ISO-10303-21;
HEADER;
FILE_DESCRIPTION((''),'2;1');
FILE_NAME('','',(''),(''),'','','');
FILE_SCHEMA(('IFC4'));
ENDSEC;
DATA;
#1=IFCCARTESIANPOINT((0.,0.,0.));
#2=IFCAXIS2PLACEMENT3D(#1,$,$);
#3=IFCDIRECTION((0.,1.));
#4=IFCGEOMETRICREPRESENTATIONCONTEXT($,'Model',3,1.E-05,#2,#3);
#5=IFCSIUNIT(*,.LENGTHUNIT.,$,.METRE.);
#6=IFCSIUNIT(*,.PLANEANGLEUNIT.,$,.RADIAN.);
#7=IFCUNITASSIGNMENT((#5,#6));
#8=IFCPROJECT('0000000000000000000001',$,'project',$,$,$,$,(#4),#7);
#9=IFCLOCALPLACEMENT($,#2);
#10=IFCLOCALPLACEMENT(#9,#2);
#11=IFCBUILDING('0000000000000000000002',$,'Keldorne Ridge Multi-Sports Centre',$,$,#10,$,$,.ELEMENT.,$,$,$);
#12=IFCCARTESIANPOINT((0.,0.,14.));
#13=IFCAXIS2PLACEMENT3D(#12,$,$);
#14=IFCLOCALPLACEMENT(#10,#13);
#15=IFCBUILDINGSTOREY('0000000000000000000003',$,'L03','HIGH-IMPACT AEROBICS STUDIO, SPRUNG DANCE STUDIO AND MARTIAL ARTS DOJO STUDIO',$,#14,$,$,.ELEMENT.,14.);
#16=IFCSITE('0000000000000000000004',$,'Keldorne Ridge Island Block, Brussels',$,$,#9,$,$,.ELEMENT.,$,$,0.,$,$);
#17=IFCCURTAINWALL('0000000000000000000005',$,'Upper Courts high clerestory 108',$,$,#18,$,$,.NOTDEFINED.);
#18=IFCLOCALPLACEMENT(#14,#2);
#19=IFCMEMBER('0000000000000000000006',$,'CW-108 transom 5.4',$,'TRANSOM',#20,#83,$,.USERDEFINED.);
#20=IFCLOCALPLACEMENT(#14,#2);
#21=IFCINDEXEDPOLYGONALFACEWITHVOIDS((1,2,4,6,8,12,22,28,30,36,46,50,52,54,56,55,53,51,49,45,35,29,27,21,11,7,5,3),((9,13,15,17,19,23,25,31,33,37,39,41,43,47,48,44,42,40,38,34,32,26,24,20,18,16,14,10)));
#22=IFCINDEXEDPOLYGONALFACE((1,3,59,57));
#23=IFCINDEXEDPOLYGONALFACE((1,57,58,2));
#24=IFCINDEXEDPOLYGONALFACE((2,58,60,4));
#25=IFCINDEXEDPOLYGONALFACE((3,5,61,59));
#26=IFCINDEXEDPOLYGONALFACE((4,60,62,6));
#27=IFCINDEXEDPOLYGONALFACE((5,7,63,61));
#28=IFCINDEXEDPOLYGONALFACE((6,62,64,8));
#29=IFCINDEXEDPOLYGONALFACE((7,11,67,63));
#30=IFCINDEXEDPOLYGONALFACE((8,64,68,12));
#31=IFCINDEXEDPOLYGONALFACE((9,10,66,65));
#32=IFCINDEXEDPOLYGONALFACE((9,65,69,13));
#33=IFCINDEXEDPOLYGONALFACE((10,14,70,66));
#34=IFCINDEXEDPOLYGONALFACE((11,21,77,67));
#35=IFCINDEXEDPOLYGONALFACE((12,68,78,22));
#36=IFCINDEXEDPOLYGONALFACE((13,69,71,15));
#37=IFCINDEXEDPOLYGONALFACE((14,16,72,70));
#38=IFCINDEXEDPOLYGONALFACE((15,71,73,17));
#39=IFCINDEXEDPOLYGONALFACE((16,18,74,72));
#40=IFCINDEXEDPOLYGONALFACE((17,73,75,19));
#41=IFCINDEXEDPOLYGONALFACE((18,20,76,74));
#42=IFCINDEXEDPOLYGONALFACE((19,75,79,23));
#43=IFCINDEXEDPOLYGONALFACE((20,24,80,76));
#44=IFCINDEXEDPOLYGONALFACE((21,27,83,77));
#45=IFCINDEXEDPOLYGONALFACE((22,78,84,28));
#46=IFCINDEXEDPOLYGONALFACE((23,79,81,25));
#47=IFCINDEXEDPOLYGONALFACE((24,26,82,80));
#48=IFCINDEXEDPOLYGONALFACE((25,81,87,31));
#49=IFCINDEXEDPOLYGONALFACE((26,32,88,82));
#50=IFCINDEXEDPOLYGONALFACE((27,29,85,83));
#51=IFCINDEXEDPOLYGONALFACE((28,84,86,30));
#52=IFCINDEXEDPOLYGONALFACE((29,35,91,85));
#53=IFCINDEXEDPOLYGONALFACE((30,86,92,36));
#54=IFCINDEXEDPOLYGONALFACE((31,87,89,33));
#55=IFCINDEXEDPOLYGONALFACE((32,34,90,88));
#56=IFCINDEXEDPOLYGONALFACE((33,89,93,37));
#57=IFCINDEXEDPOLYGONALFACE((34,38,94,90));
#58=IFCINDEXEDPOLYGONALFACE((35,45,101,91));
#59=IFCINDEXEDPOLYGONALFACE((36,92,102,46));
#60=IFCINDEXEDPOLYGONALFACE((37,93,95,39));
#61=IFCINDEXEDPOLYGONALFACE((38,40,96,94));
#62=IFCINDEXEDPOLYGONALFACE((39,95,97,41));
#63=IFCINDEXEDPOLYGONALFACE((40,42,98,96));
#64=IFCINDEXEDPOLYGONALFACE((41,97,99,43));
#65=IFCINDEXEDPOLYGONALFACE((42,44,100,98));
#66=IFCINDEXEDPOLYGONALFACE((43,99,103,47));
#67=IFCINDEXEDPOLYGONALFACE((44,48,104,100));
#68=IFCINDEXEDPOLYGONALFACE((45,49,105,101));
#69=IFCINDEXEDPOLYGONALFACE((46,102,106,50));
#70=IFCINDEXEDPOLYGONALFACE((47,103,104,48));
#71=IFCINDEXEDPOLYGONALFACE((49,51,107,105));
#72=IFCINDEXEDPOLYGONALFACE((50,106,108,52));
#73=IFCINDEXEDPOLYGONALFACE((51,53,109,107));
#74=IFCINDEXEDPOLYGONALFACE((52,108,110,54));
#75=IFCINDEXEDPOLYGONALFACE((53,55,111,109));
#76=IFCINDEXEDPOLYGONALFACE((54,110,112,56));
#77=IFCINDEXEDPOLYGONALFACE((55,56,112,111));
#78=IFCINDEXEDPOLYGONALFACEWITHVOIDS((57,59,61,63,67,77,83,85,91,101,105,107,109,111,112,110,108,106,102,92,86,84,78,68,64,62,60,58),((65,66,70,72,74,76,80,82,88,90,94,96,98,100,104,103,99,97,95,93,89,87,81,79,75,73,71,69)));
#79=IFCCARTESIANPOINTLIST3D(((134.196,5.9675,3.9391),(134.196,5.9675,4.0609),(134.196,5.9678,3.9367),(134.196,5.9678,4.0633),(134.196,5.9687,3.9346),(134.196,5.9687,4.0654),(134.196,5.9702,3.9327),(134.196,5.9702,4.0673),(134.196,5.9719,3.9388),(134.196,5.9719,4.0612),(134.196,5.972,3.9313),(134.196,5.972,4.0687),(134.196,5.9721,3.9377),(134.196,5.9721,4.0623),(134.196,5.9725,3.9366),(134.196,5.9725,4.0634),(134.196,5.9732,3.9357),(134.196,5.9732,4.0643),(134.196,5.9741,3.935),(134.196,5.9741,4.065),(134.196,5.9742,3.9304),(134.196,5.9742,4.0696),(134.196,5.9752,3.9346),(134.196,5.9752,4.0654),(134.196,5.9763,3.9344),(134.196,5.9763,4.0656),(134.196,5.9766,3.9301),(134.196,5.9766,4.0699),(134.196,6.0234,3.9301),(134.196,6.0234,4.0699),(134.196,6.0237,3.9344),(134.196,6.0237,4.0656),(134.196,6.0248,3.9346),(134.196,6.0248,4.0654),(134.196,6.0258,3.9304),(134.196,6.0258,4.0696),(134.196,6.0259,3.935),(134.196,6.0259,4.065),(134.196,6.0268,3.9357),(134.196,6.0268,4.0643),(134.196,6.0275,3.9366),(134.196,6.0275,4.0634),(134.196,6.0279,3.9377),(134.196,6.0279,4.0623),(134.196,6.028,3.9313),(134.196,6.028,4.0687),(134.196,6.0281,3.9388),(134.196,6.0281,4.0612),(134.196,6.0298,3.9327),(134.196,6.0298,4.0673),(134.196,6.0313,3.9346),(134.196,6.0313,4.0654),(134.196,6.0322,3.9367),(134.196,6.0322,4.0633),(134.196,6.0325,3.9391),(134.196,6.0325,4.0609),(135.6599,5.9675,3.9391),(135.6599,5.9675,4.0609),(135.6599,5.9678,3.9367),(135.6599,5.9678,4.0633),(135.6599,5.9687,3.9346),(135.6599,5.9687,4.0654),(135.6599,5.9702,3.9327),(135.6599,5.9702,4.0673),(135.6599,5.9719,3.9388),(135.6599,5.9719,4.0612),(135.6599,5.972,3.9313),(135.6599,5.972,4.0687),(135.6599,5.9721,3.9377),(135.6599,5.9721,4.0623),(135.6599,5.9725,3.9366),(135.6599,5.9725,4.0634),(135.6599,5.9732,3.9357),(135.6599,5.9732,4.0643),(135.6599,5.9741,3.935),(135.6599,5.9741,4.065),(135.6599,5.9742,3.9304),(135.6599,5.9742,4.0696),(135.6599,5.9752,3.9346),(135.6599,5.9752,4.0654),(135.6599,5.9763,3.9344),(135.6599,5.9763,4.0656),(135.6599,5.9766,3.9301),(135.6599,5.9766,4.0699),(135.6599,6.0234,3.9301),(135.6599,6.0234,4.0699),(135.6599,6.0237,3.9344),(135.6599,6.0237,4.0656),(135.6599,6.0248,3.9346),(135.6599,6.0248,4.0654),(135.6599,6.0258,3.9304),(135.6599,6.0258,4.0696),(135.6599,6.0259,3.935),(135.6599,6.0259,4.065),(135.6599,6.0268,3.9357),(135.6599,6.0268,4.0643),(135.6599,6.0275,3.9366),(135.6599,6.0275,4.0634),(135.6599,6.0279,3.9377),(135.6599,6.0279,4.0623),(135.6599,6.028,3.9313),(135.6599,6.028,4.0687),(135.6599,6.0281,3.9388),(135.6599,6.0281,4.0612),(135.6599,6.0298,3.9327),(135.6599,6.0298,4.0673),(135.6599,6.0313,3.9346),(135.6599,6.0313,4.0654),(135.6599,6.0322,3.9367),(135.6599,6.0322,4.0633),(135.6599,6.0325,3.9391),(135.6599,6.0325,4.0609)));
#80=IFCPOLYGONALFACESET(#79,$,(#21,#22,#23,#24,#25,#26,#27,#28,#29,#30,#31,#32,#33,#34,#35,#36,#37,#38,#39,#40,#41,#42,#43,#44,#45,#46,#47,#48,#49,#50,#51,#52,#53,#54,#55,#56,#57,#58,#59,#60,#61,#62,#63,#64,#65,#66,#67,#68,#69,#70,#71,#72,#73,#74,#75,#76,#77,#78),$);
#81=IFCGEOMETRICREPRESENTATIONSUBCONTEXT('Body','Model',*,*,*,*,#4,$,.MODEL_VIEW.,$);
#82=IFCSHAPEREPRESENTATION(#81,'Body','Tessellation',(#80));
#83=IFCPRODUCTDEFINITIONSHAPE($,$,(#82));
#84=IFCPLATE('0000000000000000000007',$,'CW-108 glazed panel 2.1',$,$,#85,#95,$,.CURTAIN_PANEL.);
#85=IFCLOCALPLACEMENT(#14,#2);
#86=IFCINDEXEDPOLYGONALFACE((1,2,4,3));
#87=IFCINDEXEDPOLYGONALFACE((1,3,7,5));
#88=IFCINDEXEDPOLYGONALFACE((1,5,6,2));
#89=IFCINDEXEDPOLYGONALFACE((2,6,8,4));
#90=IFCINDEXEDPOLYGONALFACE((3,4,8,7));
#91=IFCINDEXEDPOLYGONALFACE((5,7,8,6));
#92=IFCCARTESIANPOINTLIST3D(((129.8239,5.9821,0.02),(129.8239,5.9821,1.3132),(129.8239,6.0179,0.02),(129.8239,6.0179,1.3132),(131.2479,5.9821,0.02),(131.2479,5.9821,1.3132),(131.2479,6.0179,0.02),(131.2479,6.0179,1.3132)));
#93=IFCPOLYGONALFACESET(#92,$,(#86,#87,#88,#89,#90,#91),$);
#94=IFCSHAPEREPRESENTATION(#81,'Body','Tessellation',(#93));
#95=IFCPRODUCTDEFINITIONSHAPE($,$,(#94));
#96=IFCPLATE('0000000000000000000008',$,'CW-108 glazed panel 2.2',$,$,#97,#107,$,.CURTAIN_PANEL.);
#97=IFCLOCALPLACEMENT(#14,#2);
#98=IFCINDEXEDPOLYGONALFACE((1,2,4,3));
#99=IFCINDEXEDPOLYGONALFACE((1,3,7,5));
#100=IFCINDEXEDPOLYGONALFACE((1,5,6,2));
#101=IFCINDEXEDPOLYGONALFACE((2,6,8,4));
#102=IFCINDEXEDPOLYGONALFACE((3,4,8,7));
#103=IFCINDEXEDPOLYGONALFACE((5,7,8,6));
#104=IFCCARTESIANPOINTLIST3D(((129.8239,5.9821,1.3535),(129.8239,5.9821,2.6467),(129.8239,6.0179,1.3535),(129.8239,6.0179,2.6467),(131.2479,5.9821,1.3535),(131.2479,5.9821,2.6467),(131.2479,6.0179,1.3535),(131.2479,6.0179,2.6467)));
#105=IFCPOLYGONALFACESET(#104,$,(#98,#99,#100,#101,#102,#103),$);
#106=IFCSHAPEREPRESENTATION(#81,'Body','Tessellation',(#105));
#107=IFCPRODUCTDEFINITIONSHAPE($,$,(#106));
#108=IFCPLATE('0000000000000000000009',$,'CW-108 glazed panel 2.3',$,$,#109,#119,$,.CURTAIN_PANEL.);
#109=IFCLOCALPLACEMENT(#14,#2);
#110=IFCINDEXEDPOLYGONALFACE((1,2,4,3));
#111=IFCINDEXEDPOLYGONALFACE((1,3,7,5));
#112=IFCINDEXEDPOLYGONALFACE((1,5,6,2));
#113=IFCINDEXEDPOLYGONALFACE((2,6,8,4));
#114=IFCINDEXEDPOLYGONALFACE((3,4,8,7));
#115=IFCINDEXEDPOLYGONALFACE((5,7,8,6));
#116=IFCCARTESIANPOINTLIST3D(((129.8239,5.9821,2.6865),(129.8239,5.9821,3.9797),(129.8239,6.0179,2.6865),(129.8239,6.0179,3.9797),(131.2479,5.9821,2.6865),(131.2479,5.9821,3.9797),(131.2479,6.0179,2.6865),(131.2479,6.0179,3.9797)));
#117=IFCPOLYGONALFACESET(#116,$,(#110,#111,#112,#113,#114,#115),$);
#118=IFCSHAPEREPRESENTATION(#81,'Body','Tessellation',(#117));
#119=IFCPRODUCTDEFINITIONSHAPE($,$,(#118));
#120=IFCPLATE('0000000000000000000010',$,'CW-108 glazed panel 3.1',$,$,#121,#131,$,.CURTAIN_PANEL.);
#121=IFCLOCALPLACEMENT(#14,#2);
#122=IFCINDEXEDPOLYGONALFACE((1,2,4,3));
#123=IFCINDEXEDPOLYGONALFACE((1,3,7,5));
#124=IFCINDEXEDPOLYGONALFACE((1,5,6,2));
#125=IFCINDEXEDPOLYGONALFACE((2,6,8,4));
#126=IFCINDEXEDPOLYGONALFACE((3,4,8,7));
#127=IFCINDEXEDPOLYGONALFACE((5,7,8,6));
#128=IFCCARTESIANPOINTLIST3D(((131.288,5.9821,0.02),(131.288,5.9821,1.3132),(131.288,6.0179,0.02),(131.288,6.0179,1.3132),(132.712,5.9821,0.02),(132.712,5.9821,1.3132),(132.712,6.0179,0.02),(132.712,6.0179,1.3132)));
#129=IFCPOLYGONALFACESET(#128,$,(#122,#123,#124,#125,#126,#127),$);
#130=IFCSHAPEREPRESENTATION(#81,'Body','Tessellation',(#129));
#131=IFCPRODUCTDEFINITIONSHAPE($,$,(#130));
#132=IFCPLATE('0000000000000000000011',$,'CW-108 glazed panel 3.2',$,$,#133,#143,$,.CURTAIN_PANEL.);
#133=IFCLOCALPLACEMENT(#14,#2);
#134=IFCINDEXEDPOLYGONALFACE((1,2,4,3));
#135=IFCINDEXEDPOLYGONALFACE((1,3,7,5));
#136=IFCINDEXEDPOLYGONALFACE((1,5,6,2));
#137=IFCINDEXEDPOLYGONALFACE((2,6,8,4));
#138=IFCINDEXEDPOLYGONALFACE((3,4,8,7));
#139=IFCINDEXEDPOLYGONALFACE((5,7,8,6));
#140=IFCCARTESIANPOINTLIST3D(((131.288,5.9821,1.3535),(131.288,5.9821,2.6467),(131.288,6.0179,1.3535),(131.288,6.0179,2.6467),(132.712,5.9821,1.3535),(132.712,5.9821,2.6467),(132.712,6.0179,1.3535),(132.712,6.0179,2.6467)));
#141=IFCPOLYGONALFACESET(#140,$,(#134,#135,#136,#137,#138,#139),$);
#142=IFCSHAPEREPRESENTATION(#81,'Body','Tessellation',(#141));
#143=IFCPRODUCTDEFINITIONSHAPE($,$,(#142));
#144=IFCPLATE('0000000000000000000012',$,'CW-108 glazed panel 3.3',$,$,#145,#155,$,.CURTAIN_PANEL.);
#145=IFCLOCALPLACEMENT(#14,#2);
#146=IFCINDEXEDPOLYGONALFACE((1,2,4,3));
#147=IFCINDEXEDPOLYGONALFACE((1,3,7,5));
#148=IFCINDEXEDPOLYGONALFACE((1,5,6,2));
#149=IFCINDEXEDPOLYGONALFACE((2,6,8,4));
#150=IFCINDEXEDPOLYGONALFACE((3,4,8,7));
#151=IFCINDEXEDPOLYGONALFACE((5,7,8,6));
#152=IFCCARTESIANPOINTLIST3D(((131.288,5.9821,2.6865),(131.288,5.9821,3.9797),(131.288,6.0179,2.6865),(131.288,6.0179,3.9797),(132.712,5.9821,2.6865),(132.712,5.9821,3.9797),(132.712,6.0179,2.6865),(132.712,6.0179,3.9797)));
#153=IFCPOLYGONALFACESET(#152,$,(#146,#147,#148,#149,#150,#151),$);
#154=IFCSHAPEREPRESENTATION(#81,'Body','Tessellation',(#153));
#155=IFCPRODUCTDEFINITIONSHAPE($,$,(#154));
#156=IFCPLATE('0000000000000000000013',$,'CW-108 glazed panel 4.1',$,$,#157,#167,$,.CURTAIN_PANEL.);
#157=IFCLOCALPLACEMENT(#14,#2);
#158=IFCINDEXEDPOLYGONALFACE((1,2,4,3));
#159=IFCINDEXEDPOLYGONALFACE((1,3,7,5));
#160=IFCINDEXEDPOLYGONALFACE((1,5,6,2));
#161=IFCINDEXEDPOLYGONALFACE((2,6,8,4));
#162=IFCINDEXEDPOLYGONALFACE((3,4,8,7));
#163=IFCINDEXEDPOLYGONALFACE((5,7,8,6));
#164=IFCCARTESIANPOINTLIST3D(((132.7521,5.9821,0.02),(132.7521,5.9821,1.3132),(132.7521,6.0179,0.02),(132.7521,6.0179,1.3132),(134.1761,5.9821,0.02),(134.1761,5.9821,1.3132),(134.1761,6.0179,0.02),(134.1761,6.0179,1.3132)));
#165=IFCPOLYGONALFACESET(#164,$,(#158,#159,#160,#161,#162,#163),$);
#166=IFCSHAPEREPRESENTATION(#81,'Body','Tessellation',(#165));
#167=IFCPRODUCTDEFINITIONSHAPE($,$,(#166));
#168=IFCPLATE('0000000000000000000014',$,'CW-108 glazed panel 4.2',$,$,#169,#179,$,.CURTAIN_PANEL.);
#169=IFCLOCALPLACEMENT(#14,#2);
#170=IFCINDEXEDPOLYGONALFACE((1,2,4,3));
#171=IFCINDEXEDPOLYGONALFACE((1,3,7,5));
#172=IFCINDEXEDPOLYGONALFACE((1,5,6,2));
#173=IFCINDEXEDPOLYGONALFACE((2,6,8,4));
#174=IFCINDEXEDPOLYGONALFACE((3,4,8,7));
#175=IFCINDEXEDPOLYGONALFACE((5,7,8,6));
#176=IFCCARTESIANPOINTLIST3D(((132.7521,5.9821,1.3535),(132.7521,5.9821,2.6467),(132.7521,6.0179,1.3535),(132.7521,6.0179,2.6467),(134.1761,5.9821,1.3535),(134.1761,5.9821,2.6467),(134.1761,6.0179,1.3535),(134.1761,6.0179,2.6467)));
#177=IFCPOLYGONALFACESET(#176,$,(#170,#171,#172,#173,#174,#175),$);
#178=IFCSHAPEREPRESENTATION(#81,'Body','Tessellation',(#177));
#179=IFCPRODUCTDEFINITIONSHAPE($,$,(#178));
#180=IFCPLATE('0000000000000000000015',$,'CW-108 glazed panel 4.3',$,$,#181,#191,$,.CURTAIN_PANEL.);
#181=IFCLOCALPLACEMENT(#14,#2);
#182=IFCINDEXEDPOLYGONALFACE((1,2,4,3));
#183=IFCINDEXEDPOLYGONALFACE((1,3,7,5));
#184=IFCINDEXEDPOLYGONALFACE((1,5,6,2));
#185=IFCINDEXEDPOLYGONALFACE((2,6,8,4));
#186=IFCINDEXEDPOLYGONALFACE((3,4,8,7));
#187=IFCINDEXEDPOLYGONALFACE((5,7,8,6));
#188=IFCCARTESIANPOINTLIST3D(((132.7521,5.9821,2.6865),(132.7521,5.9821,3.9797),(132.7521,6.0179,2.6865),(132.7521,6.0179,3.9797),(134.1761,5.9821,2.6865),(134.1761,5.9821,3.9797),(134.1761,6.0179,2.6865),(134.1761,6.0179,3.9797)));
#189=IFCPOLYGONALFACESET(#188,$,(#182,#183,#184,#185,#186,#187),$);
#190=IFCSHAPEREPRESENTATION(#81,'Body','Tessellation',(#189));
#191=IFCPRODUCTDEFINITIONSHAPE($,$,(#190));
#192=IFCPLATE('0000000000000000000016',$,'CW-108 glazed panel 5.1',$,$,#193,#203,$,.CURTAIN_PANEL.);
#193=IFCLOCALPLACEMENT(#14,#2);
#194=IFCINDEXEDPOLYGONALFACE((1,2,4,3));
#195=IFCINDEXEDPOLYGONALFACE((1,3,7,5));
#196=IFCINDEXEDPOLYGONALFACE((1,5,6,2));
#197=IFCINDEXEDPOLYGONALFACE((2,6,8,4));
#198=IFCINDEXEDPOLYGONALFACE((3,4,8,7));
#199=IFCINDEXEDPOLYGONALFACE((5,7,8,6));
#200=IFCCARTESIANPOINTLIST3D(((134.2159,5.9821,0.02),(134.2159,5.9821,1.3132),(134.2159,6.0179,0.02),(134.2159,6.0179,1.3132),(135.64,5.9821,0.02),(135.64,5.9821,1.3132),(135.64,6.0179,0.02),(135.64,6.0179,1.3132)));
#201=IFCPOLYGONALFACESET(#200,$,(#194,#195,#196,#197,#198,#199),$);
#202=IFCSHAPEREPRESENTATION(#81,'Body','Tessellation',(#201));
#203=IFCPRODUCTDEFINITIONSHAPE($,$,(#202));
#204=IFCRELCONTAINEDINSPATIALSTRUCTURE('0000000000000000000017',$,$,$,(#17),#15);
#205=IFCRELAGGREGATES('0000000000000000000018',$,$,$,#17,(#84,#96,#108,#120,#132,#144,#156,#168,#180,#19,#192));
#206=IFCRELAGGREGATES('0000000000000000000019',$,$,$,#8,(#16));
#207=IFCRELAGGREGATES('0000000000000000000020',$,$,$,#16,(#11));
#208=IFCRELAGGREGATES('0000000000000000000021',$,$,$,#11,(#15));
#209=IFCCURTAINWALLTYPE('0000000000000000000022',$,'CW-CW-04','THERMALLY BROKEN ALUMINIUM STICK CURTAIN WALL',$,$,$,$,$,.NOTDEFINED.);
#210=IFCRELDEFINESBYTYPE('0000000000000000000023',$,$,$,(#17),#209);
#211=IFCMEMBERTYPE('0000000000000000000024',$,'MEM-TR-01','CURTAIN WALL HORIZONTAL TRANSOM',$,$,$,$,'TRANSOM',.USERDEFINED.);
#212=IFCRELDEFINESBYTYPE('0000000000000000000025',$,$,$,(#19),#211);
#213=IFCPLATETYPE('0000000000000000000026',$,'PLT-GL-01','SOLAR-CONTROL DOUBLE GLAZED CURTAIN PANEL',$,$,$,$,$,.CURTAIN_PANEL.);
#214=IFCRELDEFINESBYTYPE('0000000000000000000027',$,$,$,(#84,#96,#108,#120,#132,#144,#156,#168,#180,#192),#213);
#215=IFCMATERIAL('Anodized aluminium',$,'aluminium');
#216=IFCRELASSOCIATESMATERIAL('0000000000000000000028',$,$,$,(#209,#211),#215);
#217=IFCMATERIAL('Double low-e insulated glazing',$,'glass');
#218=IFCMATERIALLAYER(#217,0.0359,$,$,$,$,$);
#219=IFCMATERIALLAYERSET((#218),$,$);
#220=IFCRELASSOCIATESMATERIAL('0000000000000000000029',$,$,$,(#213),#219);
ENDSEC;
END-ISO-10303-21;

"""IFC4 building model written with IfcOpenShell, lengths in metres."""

from ifc_helpers import new_model, si_unit, direction, frame, origin, origin_2d, place, context, subcontext, project, spatial, rectangle, hollow_rectangle, extrude, material, layer, layer_set, material_profile, profile_set, type_object, element, aggregate, save


model = new_model("IFC4")

# Units and contexts
model_context = context("Model", 3, precision=1e-05, world=origin(), true_north=direction((0.0, 1.0)))
body_context = subcontext(model_context, "Body", "Model", "MODEL_VIEW")
ifc_project = project(units=[si_unit("LENGTHUNIT", "METRE"), si_unit("PLANEANGLEUNIT", "RADIAN")], contexts=[model_context])

# Site, building, storey
site_placement = place(None, origin())
site = spatial("IfcSite", under=ifc_project, at=site_placement, Name="Keldorne Ridge Island Block, Brussels", CompositionType="ELEMENT", RefElevation=0.0)
building_placement = place(site_placement, origin())
building = spatial("IfcBuilding", under=site, at=building_placement, Name="Keldorne Ridge Multi-Sports Centre", CompositionType="ELEMENT")
storey_placement = place(building_placement, frame((0.0, 0.0, 14.0)))
storey = spatial("IfcBuildingStorey", under=building, at=storey_placement, Name="L03", Description="HIGH-IMPACT AEROBICS STUDIO, SPRUNG DANCE STUDIO AND MARTIAL ARTS DOJO STUDIO", CompositionType="ELEMENT", Elevation=14.0)

# Curtain wall
ifc_material_1 = material(Name="Anodized aluminium", Category="aluminium")
curtain_wall_type = type_object("IfcCurtainWallType", Name="CW-CW-04", Description="THERMALLY BROKEN ALUMINIUM STICK CURTAIN WALL", PredefinedType="NOTDEFINED", material=ifc_material_1)
curtain_wall_placement = place(storey_placement, origin())
curtain_wall = element("IfcCurtainWall", 1, at=curtain_wall_placement, inside=storey, type_object=curtain_wall_type, Name="Upper Courts high clerestory 108", PredefinedType="NOTDEFINED")

# Member
ifc_material_profile_1 = material_profile(ifc_material_1, hollow_rectangle(XDim=0.0649, YDim=0.1399, WallThickness=0.0044, InnerFilletRadius=0.0044, OuterFilletRadius=0.009, at=origin_2d()), Name="ALU TRANSOM 140x65x4.5")
ifc_profile_set_1 = profile_set([ifc_material_profile_1], Name="Anodized aluminium")
member_type_1 = type_object("IfcMemberType", Name="MEM-TR-01", Description="CURTAIN WALL HORIZONTAL TRANSOM", ElementType="TRANSOM", PredefinedType="USERDEFINED", material=ifc_profile_set_1)
member_1_placement = place(storey_placement, frame((134.196, 6.0, 4.0), z_axis=(1.0, 0.0, 0.0), x_axis=(0.0, 1.0, 0.0)))
member_1 = element("IfcMember", 2, at=member_1_placement, type_object=member_type_1, Name="CW-108 transom 5.4", ObjectType="TRANSOM", PredefinedType="USERDEFINED", context=body_context, shape_type="SweptSolid", body=[
    extrude(hollow_rectangle(XDim=0.0649, YDim=0.1399, WallThickness=0.0044, InnerFilletRadius=0.0044, OuterFilletRadius=0.009, at=origin_2d()), origin(), (0.0, 0.0, 1.0), 1.4639),
])

# Plates
ifc_material_2 = material(Name="Double low-e insulated glazing", Category="glass")
ifc_layer = layer(ifc_material_2, 0.0359)
ifc_layer_set = layer_set([ifc_layer])
plate_type = type_object("IfcPlateType", Name="PLT-GL-01", Description="SOLAR-CONTROL DOUBLE GLAZED CURTAIN PANEL", PredefinedType="CURTAIN_PANEL", material=ifc_layer_set)
plate_1_placement = place(storey_placement, frame((130.5359, 6.0, 0.02), z_axis=(0.0, 0.0, 1.0), x_axis=(1.0, 0.0, 0.0)))
plate_1 = element("IfcPlate", 3, at=plate_1_placement, type_object=plate_type, Name="CW-108 glazed panel 2.1", PredefinedType="CURTAIN_PANEL", context=body_context, shape_type="SweptSolid", body=[
    extrude(rectangle(XDim=1.4241, YDim=0.0359, at=origin_2d()), origin(), (0.0, 0.0, 1.0), 1.2932),
])
plate_2_placement = place(storey_placement, frame((130.5359, 6.0, 1.3535), z_axis=(0.0, 0.0, 1.0), x_axis=(1.0, 0.0, 0.0)))
plate_2 = element("IfcPlate", 4, at=plate_2_placement, type_object=plate_type, Name="CW-108 glazed panel 2.2", PredefinedType="CURTAIN_PANEL", context=body_context, shape_type="SweptSolid", body=[
    extrude(rectangle(XDim=1.4241, YDim=0.0359, at=origin_2d()), origin(), (0.0, 0.0, 1.0), 1.2932),
])
plate_3_placement = place(storey_placement, frame((130.5359, 6.0, 2.6865), z_axis=(0.0, 0.0, 1.0), x_axis=(1.0, 0.0, 0.0)))
plate_3 = element("IfcPlate", 5, at=plate_3_placement, type_object=plate_type, Name="CW-108 glazed panel 2.3", PredefinedType="CURTAIN_PANEL", context=body_context, shape_type="SweptSolid", body=[
    extrude(rectangle(XDim=1.4241, YDim=0.0359, at=origin_2d()), origin(), (0.0, 0.0, 1.0), 1.2932),
])
plate_4_placement = place(storey_placement, frame((132.0, 6.0, 0.02), z_axis=(0.0, 0.0, 1.0), x_axis=(1.0, 0.0, 0.0)))
plate_4 = element("IfcPlate", 6, at=plate_4_placement, type_object=plate_type, Name="CW-108 glazed panel 3.1", PredefinedType="CURTAIN_PANEL", context=body_context, shape_type="SweptSolid", body=[
    extrude(rectangle(XDim=1.4241, YDim=0.0359, at=origin_2d()), origin(), (0.0, 0.0, 1.0), 1.2932),
])
plate_5_placement = place(storey_placement, frame((132.0, 6.0, 1.3535), z_axis=(0.0, 0.0, 1.0), x_axis=(1.0, 0.0, 0.0)))
plate_5 = element("IfcPlate", 7, at=plate_5_placement, type_object=plate_type, Name="CW-108 glazed panel 3.2", PredefinedType="CURTAIN_PANEL", context=body_context, shape_type="SweptSolid", body=[
    extrude(rectangle(XDim=1.4241, YDim=0.0359, at=origin_2d()), origin(), (0.0, 0.0, 1.0), 1.2932),
])
plate_6_placement = place(storey_placement, frame((132.0, 6.0, 2.6865), z_axis=(0.0, 0.0, 1.0), x_axis=(1.0, 0.0, 0.0)))
plate_6 = element("IfcPlate", 8, at=plate_6_placement, type_object=plate_type, Name="CW-108 glazed panel 3.3", PredefinedType="CURTAIN_PANEL", context=body_context, shape_type="SweptSolid", body=[
    extrude(rectangle(XDim=1.4241, YDim=0.0359, at=origin_2d()), origin(), (0.0, 0.0, 1.0), 1.2932),
])
plate_7_placement = place(storey_placement, frame((133.4641, 6.0, 0.02), z_axis=(0.0, 0.0, 1.0), x_axis=(1.0, 0.0, 0.0)))
plate_7 = element("IfcPlate", 9, at=plate_7_placement, type_object=plate_type, Name="CW-108 glazed panel 4.1", PredefinedType="CURTAIN_PANEL", context=body_context, shape_type="SweptSolid", body=[
    extrude(rectangle(XDim=1.4241, YDim=0.0359, at=origin_2d()), origin(), (0.0, 0.0, 1.0), 1.2932),
])
plate_8_placement = place(storey_placement, frame((133.4641, 6.0, 1.3535), z_axis=(0.0, 0.0, 1.0), x_axis=(1.0, 0.0, 0.0)))
plate_8 = element("IfcPlate", 10, at=plate_8_placement, type_object=plate_type, Name="CW-108 glazed panel 4.2", PredefinedType="CURTAIN_PANEL", context=body_context, shape_type="SweptSolid", body=[
    extrude(rectangle(XDim=1.4241, YDim=0.0359, at=origin_2d()), origin(), (0.0, 0.0, 1.0), 1.2932),
])
plate_9_placement = place(storey_placement, frame((133.4641, 6.0, 2.6865), z_axis=(0.0, 0.0, 1.0), x_axis=(1.0, 0.0, 0.0)))
plate_9 = element("IfcPlate", 11, at=plate_9_placement, type_object=plate_type, Name="CW-108 glazed panel 4.3", PredefinedType="CURTAIN_PANEL", context=body_context, shape_type="SweptSolid", body=[
    extrude(rectangle(XDim=1.4241, YDim=0.0359, at=origin_2d()), origin(), (0.0, 0.0, 1.0), 1.2932),
])
plate_10_placement = place(storey_placement, frame((134.928, 6.0, 0.02), z_axis=(0.0, 0.0, 1.0), x_axis=(1.0, 0.0, 0.0)))
plate_10 = element("IfcPlate", 12, at=plate_10_placement, type_object=plate_type, Name="CW-108 glazed panel 5.1", PredefinedType="CURTAIN_PANEL", context=body_context, shape_type="SweptSolid", body=[
    extrude(rectangle(XDim=1.4241, YDim=0.0359, at=origin_2d()), origin(), (0.0, 0.0, 1.0), 1.2932),
])
aggregate(curtain_wall, [plate_1, plate_2, plate_3, plate_4, plate_5, plate_6, plate_7, plate_8, plate_9, member_1, plate_10])

save(model, "model.ifc")
